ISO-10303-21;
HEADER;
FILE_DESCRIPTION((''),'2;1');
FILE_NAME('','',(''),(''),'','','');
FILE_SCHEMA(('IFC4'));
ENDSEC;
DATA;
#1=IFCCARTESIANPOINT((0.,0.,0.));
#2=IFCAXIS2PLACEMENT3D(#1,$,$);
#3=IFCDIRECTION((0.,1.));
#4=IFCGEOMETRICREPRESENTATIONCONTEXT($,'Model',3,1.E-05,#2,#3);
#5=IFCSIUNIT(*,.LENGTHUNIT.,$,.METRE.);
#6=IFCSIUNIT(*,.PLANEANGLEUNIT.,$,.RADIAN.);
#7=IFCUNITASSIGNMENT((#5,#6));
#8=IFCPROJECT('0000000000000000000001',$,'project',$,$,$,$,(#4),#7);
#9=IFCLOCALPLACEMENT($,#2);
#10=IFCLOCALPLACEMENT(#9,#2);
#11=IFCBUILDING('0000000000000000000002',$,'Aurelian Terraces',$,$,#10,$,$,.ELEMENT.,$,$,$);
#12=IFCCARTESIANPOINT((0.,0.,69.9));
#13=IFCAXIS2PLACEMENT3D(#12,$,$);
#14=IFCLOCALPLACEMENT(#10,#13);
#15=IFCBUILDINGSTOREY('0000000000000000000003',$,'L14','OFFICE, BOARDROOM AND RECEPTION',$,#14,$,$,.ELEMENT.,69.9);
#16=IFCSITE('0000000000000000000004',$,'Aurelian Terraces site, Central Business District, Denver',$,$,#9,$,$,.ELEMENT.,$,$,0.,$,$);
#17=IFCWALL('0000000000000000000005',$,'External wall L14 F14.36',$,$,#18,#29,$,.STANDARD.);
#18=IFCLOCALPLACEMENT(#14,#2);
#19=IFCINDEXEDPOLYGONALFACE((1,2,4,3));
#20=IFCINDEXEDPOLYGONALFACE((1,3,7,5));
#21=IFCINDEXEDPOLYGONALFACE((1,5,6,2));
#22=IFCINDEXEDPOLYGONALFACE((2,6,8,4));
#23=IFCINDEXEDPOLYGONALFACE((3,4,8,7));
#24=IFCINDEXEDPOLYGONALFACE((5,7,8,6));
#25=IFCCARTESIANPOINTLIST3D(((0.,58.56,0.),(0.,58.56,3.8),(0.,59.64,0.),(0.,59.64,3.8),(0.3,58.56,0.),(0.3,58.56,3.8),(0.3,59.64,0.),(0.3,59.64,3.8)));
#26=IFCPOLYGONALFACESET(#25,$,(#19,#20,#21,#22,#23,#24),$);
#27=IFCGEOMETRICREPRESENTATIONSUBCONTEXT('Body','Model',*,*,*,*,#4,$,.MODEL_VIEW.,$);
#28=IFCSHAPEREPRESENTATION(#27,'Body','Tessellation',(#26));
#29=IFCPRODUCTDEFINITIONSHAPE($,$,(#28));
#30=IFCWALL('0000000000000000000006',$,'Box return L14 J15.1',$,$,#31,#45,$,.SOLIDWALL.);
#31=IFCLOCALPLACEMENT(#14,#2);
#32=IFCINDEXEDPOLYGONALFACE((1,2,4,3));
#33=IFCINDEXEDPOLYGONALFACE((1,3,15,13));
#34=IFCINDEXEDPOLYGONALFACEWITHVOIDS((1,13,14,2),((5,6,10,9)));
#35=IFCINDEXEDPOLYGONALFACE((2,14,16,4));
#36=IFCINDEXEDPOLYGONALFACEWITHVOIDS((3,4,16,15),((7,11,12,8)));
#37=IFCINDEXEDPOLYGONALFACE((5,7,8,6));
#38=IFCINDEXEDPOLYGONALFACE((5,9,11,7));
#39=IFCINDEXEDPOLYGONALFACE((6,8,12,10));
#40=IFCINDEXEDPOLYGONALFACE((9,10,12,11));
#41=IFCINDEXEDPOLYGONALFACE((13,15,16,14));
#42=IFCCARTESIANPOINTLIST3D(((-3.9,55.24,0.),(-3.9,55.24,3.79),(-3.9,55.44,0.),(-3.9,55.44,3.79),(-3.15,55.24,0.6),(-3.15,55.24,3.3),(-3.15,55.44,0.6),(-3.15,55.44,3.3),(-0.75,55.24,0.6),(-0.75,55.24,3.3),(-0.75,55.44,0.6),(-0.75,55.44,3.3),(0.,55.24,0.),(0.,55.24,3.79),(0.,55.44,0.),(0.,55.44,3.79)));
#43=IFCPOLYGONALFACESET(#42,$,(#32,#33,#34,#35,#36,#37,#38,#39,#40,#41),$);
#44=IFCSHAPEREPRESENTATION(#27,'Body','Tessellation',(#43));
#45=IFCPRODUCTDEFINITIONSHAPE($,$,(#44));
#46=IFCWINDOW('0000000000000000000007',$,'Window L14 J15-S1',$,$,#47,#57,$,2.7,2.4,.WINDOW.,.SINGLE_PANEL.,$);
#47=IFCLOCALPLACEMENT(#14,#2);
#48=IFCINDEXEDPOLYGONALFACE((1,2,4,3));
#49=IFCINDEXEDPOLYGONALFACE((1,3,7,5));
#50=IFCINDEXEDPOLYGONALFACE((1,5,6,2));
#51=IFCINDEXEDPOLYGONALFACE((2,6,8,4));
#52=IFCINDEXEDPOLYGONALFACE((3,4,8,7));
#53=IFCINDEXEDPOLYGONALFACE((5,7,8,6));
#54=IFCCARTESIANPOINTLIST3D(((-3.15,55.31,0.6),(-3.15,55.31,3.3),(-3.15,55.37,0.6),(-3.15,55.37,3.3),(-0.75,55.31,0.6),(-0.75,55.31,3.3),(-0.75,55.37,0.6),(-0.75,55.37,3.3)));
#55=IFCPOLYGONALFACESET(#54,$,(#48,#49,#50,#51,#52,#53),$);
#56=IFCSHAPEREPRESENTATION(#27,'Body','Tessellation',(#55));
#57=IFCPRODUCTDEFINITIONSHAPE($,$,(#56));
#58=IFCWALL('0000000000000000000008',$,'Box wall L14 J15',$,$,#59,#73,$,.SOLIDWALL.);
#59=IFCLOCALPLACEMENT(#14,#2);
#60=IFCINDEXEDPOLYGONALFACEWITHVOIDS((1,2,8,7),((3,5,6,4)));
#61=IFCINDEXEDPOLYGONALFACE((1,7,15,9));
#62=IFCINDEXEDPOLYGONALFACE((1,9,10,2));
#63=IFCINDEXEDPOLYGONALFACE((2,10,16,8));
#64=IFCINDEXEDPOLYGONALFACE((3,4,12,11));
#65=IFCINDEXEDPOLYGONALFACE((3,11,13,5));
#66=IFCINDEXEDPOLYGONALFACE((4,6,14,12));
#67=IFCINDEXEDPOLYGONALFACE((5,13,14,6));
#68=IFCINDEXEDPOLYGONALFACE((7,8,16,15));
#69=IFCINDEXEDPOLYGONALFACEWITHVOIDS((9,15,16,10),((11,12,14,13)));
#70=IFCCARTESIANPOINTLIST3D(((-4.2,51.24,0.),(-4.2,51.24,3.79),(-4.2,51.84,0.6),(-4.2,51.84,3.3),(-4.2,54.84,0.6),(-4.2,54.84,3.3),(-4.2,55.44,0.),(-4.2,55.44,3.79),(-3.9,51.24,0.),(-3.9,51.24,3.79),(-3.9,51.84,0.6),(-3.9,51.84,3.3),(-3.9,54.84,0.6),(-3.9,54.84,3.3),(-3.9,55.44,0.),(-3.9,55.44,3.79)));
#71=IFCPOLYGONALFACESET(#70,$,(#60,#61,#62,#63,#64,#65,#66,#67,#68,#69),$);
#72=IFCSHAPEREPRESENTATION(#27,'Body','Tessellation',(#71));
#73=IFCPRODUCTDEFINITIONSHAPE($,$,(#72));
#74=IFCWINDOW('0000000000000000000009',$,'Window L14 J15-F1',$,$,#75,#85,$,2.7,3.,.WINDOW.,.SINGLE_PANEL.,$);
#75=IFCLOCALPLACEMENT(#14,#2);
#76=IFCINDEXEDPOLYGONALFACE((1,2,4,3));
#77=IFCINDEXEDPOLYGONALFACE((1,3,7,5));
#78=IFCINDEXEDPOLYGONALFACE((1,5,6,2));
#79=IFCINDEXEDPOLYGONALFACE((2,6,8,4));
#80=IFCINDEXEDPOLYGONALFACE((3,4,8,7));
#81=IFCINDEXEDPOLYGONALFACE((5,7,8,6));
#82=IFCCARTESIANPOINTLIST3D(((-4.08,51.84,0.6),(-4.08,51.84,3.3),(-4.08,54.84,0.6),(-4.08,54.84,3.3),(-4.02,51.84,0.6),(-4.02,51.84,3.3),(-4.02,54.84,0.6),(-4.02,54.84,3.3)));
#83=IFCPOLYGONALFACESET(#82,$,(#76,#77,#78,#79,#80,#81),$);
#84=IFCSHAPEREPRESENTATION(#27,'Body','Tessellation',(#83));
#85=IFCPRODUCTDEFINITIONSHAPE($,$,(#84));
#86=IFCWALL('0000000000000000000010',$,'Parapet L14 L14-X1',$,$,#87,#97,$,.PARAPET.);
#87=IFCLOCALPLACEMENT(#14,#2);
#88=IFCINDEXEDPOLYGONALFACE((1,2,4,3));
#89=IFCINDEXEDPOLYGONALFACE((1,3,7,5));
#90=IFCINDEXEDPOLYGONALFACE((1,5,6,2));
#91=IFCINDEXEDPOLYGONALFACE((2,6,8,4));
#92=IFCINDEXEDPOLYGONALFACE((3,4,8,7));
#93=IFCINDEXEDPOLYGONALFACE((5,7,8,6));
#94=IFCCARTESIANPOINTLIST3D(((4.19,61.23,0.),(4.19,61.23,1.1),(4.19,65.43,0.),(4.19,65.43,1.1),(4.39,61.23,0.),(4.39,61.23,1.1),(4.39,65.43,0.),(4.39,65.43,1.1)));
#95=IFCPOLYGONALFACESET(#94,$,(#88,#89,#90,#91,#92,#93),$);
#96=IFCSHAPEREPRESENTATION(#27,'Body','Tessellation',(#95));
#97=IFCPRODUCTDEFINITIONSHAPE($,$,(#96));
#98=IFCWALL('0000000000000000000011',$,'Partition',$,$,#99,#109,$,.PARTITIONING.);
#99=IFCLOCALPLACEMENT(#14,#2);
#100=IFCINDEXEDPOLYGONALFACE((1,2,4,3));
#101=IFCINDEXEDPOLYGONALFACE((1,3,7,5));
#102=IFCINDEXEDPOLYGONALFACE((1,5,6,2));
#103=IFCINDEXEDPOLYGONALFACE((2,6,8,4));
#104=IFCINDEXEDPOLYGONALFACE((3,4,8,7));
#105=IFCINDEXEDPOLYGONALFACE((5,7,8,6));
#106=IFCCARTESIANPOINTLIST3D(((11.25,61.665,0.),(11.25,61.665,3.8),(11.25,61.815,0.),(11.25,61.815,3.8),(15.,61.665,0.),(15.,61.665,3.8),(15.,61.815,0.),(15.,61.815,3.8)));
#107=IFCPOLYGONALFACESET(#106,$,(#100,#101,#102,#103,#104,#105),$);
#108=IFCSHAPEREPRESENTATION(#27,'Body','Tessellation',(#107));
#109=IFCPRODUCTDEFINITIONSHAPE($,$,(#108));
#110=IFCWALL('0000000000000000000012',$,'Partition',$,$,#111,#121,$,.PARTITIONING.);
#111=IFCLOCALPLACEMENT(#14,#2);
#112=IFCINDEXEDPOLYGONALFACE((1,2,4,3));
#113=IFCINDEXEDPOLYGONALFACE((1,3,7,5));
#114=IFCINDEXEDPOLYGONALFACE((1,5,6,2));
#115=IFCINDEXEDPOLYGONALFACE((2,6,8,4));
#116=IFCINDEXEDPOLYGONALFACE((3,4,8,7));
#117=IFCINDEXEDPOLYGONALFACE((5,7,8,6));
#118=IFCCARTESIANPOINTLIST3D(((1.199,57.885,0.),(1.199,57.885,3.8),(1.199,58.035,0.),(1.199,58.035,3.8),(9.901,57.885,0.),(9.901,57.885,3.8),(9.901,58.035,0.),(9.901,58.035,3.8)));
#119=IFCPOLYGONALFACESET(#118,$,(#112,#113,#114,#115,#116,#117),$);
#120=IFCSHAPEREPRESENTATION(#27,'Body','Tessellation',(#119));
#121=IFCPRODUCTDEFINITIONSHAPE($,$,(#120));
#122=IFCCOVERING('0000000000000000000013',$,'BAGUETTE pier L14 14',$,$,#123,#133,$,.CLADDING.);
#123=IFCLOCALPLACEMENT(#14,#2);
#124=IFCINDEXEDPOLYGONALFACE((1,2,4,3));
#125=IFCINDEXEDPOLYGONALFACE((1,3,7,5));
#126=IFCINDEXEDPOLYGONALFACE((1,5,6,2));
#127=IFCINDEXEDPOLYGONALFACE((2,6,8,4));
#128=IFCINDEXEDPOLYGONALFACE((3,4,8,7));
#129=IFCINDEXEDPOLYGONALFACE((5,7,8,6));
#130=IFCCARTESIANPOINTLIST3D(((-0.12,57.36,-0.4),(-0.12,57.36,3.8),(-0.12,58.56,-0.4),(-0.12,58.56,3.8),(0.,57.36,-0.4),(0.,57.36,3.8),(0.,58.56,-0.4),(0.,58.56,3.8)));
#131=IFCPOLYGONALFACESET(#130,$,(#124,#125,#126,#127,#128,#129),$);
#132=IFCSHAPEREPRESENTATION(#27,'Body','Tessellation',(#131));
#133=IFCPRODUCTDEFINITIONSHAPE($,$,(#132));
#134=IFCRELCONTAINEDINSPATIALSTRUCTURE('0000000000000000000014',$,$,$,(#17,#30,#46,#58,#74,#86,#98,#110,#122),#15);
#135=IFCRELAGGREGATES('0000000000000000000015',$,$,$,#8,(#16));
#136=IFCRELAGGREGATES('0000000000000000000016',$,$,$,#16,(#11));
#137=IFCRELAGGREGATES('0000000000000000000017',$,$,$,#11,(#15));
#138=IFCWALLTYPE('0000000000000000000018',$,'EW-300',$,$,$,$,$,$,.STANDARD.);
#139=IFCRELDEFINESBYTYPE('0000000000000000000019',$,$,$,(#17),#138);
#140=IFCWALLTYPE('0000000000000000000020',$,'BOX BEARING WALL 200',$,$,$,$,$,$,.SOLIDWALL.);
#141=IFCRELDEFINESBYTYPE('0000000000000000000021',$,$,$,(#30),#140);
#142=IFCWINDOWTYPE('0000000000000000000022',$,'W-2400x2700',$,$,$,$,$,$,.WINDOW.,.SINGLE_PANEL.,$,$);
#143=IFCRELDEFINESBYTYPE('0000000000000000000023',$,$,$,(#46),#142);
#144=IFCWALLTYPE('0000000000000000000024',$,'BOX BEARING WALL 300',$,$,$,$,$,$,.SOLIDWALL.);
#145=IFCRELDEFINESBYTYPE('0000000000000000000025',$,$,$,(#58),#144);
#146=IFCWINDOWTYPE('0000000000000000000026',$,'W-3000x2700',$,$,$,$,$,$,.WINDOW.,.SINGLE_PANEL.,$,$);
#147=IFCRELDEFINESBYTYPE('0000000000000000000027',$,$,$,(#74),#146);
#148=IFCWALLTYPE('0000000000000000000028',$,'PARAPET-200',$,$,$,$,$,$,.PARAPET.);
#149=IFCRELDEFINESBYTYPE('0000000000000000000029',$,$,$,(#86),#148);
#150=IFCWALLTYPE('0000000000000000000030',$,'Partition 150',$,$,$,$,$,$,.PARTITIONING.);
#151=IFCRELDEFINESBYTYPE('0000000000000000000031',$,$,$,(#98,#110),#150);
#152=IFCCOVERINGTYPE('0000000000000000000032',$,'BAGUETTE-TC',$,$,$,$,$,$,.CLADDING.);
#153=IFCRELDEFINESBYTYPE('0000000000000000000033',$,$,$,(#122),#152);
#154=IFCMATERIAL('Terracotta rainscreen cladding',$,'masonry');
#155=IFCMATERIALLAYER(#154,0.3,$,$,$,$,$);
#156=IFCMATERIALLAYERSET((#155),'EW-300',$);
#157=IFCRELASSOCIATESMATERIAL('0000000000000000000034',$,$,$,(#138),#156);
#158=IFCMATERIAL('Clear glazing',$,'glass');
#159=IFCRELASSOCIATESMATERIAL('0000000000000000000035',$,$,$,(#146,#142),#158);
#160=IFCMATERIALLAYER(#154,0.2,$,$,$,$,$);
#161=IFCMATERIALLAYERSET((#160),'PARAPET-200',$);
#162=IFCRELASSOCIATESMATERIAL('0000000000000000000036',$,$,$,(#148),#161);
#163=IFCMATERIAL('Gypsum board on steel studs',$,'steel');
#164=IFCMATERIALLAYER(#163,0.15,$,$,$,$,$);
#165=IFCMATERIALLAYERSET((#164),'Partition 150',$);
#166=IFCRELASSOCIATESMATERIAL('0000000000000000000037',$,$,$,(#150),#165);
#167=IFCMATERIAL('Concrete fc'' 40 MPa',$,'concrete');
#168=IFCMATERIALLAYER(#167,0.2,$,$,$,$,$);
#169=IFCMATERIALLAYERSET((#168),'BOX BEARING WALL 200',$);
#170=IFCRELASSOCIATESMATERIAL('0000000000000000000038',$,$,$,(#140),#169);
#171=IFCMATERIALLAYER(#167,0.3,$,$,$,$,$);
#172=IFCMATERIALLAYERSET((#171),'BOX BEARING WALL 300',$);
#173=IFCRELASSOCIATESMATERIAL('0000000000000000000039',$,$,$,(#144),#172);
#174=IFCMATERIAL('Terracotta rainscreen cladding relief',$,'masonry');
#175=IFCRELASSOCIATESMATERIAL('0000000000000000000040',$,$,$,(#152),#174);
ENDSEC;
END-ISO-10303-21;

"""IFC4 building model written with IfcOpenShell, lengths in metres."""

from ifc_helpers import new_model, si_unit, direction, frame, frame_2d, origin, origin_2d, place, context, subcontext, project, spatial, rectangle, extrude, source, transform, mapped, material, layer, layer_set, type_object, element, fill, save


model = new_model("IFC4")

# Units and contexts
model_context = context("Model", 3, precision=1e-05, world=origin(), true_north=direction((0.0, 1.0)))
body_context = subcontext(model_context, "Body", "Model", "MODEL_VIEW")
ifc_project = project(units=[si_unit("LENGTHUNIT", "METRE"), si_unit("PLANEANGLEUNIT", "RADIAN")], contexts=[model_context])

# Site, building, storey
site_placement = place(None, origin())
site = spatial("IfcSite", under=ifc_project, at=site_placement, Name="Aurelian Terraces site, Central Business District, Denver", CompositionType="ELEMENT", RefElevation=0.0)
building_placement = place(site_placement, origin())
building = spatial("IfcBuilding", under=site, at=building_placement, Name="Aurelian Terraces", CompositionType="ELEMENT")
storey_placement = place(building_placement, frame((0.0, 0.0, 69.9)))
storey = spatial("IfcBuildingStorey", under=building, at=storey_placement, Name="L14", Description="OFFICE, BOARDROOM AND RECEPTION", CompositionType="ELEMENT", Elevation=69.9)

# Shared definitions
ifc_material_1 = material(Name="Terracotta rainscreen cladding", Category="masonry")
ifc_layer_1 = layer(ifc_material_1, 0.3)
ifc_layer_set_1 = layer_set([ifc_layer_1], Name="EW-300")
wall_type_1 = type_object("IfcWallType", Name="EW-300", PredefinedType="STANDARD", material=ifc_layer_set_1)
shared_shape_1 = source(origin(), body_context, "Body", "SweptSolid", [
    extrude(rectangle(XDim=3.0, YDim=2.7, at=frame_2d((1.5, 1.35))), frame((0.0, 0.16, 0.0), z_axis=(0.0, -1.0, 0.0), x_axis=(1.0, 0.0, 0.0)), (0.0, 0.0, 1.0), 0.32),
])
ifc_material_2 = material(Name="Clear glazing", Category="glass")
window_type_1 = type_object("IfcWindowType", Name="W-3000x2700", PartitioningType="SINGLE_PANEL", PredefinedType="WINDOW", material=ifc_material_2)
shared_shape_2 = source(origin(), body_context, "Body", "SweptSolid", [
    extrude(rectangle(XDim=3.0, YDim=2.7, at=frame_2d((1.5, 1.35))), frame((0.0, 0.03, 0.0), z_axis=(0.0, -1.0, 0.0), x_axis=(1.0, 0.0, 0.0)), (0.0, 0.0, 1.0), 0.06),
])

# Shared definitions
ifc_layer_2 = layer(ifc_material_1, 0.2)
ifc_layer_set_2 = layer_set([ifc_layer_2], Name="PARAPET-200")
wall_type_2 = type_object("IfcWallType", Name="PARAPET-200", PredefinedType="PARAPET", material=ifc_layer_set_2)
ifc_material_3 = material(Name="Gypsum board on steel studs", Category="steel")
ifc_layer_3 = layer(ifc_material_3, 0.15)
ifc_layer_set_3 = layer_set([ifc_layer_3], Name="Partition 150")
wall_type_3 = type_object("IfcWallType", Name="Partition 150", PredefinedType="PARTITIONING", material=ifc_layer_set_3)

# Shared definitions
window_type_2 = type_object("IfcWindowType", Name="W-2400x2700", PartitioningType="SINGLE_PANEL", PredefinedType="WINDOW", material=ifc_material_2)
shared_shape_3 = source(origin(), body_context, "Body", "SweptSolid", [
    extrude(rectangle(XDim=2.4, YDim=2.7, at=frame_2d((1.2, 1.35))), frame((0.0, 0.03, 0.0), z_axis=(0.0, -1.0, 0.0), x_axis=(1.0, 0.0, 0.0)), (0.0, 0.0, 1.0), 0.06),
])

# Wall
shared_shape_4 = source(origin(), body_context, "Body", "SweptSolid", [
    extrude(rectangle(XDim=1.08, YDim=0.3, at=frame_2d((0.54, 0.0))), origin(), (0.0, 0.0, 1.0), 3.8),
])
wall_1_placement = place(storey_placement, frame((0.15, 59.64, 0.0), z_axis=(0.0, 0.0, 1.0), x_axis=(0.0, -1.0, 0.0)))
element("IfcWall", 1, at=wall_1_placement, inside=storey, type_object=wall_type_1, Name="External wall L14 F14.36", PredefinedType="STANDARD", context=body_context, shape_type="MappedRepresentation", body=[
    mapped(shared_shape_4, transform((0.0, 0.0, 0.0), scale=1.0)),
])

# Walls, openings, windows
ifc_material_4 = material(Name="Concrete fc' 40 MPa", Category="concrete")
ifc_layer_4 = layer(ifc_material_4, 0.2)
ifc_layer_set_4 = layer_set([ifc_layer_4], Name="BOX BEARING WALL 200")
wall_type_4 = type_object("IfcWallType", Name="BOX BEARING WALL 200", PredefinedType="SOLIDWALL", material=ifc_layer_set_4)
shared_shape_5 = source(origin(), body_context, "Body", "SweptSolid", [
    extrude(rectangle(XDim=3.9, YDim=0.2, at=frame_2d((1.95, 0.0))), origin(), (0.0, 0.0, 1.0), 3.79),
])
wall_2_placement = place(storey_placement, frame((0.0, 55.34, 0.0), z_axis=(0.0, 0.0, 1.0), x_axis=(-1.0, 0.0, 0.0)))
wall_2 = element("IfcWall", 2, at=wall_2_placement, inside=storey, type_object=wall_type_4, Name="Box return L14 J15.1", PredefinedType="SOLIDWALL", context=body_context, shape_type="MappedRepresentation", body=[
    mapped(shared_shape_5, transform((0.0, 0.0, 0.0), scale=1.0)),
])
shared_shape_6 = source(origin(), body_context, "Body", "SweptSolid", [
    extrude(rectangle(XDim=2.4, YDim=2.7, at=frame_2d((1.2, 1.35))), frame((0.0, 0.11, 0.0), z_axis=(0.0, -1.0, 0.0), x_axis=(1.0, 0.0, 0.0)), (0.0, 0.0, 1.0), 0.22),
])
opening_1_placement = place(wall_2_placement, frame((0.75, 0.0, 0.6)))
opening_1 = element("IfcOpeningElement", 3, at=opening_1_placement, cuts=wall_2, PredefinedType="OPENING", context=body_context, shape_type="MappedRepresentation", body=[
    mapped(shared_shape_6, transform((0.0, 0.0, 0.0), scale=1.0)),
])
window_1_placement = place(opening_1_placement, origin())
window_1 = element("IfcWindow", 4, at=window_1_placement, inside=storey, type_object=window_type_2, Name="Window L14 J15-S1", OverallHeight=2.7, OverallWidth=2.4, PartitioningType="SINGLE_PANEL", PredefinedType="WINDOW", context=body_context, shape_type="MappedRepresentation", body=[
    mapped(shared_shape_3, transform((0.0, 0.0, 0.0), scale=1.0)),
])
fill(opening_1, window_1)
ifc_layer_5 = layer(ifc_material_4, 0.3)
ifc_layer_set_5 = layer_set([ifc_layer_5], Name="BOX BEARING WALL 300")
wall_type_5 = type_object("IfcWallType", Name="BOX BEARING WALL 300", PredefinedType="SOLIDWALL", material=ifc_layer_set_5)
shared_shape_7 = source(origin(), body_context, "Body", "SweptSolid", [
    extrude(rectangle(XDim=4.2, YDim=0.3, at=frame_2d((2.1, 0.0))), origin(), (0.0, 0.0, 1.0), 3.79),
])
wall_3_placement = place(storey_placement, frame((-4.05, 55.44, 0.0), z_axis=(0.0, 0.0, 1.0), x_axis=(0.0, -1.0, 0.0)))
wall_3 = element("IfcWall", 5, at=wall_3_placement, inside=storey, type_object=wall_type_5, Name="Box wall L14 J15", PredefinedType="SOLIDWALL", context=body_context, shape_type="MappedRepresentation", body=[
    mapped(shared_shape_7, transform((0.0, 0.0, 0.0), scale=1.0)),
])
opening_2_placement = place(wall_3_placement, frame((0.6, 0.0, 0.6)))
opening_2 = element("IfcOpeningElement", 6, at=opening_2_placement, cuts=wall_3, PredefinedType="OPENING", context=body_context, shape_type="MappedRepresentation", body=[
    mapped(shared_shape_1, transform((0.0, 0.0, 0.0), scale=1.0)),
])
window_2_placement = place(opening_2_placement, origin())
window_2 = element("IfcWindow", 7, at=window_2_placement, inside=storey, type_object=window_type_1, Name="Window L14 J15-F1", OverallHeight=2.7, OverallWidth=3.0, PartitioningType="SINGLE_PANEL", PredefinedType="WINDOW", context=body_context, shape_type="MappedRepresentation", body=[
    mapped(shared_shape_2, transform((0.0, 0.0, 0.0), scale=1.0)),
])
fill(opening_2, window_2)

# Walls
shared_shape_8 = source(origin(), body_context, "Body", "SweptSolid", [
    extrude(rectangle(XDim=4.2, YDim=0.2, at=frame_2d((2.1, 0.0))), origin(), (0.0, 0.0, 1.0), 1.1),
])
wall_4_placement = place(storey_placement, frame((4.29, 61.23, 0.0), z_axis=(0.0, 0.0, 1.0), x_axis=(0.0, 1.0, 0.0)))
element("IfcWall", 8, at=wall_4_placement, inside=storey, type_object=wall_type_2, Name="Parapet L14 L14-X1", PredefinedType="PARAPET", context=body_context, shape_type="MappedRepresentation", body=[
    mapped(shared_shape_8, transform((0.0, 0.0, 0.0), scale=1.0)),
])
shared_shape_9 = source(origin(), body_context, "Body", "SweptSolid", [
    extrude(rectangle(XDim=3.75, YDim=0.15, at=frame_2d((1.875, 0.0))), origin(), (0.0, 0.0, 1.0), 3.8),
])
wall_5_placement = place(storey_placement, frame((15.0, 61.74, 0.0), z_axis=(0.0, 0.0, 1.0), x_axis=(-1.0, 0.0, 0.0)))
element("IfcWall", 9, at=wall_5_placement, inside=storey, type_object=wall_type_3, Name="Partition", PredefinedType="PARTITIONING", context=body_context, shape_type="MappedRepresentation", body=[
    mapped(shared_shape_9, transform((0.0, 0.0, 0.0), scale=1.0)),
])
shared_shape_10 = source(origin(), body_context, "Body", "SweptSolid", [
    extrude(rectangle(XDim=8.702, YDim=0.15, at=frame_2d((4.351, 0.0))), origin(), (0.0, 0.0, 1.0), 3.8),
])
wall_6_placement = place(storey_placement, frame((9.901, 57.96, 0.0), z_axis=(0.0, 0.0, 1.0), x_axis=(-1.0, 0.0, 0.0)))
element("IfcWall", 10, at=wall_6_placement, inside=storey, type_object=wall_type_3, Name="Partition", PredefinedType="PARTITIONING", context=body_context, shape_type="MappedRepresentation", body=[
    mapped(shared_shape_10, transform((0.0, 0.0, 0.0), scale=1.0)),
])

# Covering
ifc_material_5 = material(Name="Terracotta rainscreen cladding relief", Category="masonry")
covering_type = type_object("IfcCoveringType", Name="BAGUETTE-TC", PredefinedType="CLADDING", material=ifc_material_5)
shared_shape_11 = source(origin(), body_context, "Body", "SweptSolid", [
    extrude(rectangle(XDim=0.12, YDim=1.2, at=origin_2d()), origin(), (0.0, 0.0, 1.0), 4.2),
])
covering_placement = place(storey_placement, frame((-0.06, 57.96, -0.4), z_axis=(0.0, 0.0, 1.0), x_axis=(1.0, 0.0, 0.0)))
element("IfcCovering", 11, at=covering_placement, inside=storey, type_object=covering_type, Name="BAGUETTE pier L14 14", PredefinedType="CLADDING", context=body_context, shape_type="MappedRepresentation", body=[
    mapped(shared_shape_11, transform((0.0, 0.0, 0.0), scale=1.0)),
])

save(model, "model.ifc")
